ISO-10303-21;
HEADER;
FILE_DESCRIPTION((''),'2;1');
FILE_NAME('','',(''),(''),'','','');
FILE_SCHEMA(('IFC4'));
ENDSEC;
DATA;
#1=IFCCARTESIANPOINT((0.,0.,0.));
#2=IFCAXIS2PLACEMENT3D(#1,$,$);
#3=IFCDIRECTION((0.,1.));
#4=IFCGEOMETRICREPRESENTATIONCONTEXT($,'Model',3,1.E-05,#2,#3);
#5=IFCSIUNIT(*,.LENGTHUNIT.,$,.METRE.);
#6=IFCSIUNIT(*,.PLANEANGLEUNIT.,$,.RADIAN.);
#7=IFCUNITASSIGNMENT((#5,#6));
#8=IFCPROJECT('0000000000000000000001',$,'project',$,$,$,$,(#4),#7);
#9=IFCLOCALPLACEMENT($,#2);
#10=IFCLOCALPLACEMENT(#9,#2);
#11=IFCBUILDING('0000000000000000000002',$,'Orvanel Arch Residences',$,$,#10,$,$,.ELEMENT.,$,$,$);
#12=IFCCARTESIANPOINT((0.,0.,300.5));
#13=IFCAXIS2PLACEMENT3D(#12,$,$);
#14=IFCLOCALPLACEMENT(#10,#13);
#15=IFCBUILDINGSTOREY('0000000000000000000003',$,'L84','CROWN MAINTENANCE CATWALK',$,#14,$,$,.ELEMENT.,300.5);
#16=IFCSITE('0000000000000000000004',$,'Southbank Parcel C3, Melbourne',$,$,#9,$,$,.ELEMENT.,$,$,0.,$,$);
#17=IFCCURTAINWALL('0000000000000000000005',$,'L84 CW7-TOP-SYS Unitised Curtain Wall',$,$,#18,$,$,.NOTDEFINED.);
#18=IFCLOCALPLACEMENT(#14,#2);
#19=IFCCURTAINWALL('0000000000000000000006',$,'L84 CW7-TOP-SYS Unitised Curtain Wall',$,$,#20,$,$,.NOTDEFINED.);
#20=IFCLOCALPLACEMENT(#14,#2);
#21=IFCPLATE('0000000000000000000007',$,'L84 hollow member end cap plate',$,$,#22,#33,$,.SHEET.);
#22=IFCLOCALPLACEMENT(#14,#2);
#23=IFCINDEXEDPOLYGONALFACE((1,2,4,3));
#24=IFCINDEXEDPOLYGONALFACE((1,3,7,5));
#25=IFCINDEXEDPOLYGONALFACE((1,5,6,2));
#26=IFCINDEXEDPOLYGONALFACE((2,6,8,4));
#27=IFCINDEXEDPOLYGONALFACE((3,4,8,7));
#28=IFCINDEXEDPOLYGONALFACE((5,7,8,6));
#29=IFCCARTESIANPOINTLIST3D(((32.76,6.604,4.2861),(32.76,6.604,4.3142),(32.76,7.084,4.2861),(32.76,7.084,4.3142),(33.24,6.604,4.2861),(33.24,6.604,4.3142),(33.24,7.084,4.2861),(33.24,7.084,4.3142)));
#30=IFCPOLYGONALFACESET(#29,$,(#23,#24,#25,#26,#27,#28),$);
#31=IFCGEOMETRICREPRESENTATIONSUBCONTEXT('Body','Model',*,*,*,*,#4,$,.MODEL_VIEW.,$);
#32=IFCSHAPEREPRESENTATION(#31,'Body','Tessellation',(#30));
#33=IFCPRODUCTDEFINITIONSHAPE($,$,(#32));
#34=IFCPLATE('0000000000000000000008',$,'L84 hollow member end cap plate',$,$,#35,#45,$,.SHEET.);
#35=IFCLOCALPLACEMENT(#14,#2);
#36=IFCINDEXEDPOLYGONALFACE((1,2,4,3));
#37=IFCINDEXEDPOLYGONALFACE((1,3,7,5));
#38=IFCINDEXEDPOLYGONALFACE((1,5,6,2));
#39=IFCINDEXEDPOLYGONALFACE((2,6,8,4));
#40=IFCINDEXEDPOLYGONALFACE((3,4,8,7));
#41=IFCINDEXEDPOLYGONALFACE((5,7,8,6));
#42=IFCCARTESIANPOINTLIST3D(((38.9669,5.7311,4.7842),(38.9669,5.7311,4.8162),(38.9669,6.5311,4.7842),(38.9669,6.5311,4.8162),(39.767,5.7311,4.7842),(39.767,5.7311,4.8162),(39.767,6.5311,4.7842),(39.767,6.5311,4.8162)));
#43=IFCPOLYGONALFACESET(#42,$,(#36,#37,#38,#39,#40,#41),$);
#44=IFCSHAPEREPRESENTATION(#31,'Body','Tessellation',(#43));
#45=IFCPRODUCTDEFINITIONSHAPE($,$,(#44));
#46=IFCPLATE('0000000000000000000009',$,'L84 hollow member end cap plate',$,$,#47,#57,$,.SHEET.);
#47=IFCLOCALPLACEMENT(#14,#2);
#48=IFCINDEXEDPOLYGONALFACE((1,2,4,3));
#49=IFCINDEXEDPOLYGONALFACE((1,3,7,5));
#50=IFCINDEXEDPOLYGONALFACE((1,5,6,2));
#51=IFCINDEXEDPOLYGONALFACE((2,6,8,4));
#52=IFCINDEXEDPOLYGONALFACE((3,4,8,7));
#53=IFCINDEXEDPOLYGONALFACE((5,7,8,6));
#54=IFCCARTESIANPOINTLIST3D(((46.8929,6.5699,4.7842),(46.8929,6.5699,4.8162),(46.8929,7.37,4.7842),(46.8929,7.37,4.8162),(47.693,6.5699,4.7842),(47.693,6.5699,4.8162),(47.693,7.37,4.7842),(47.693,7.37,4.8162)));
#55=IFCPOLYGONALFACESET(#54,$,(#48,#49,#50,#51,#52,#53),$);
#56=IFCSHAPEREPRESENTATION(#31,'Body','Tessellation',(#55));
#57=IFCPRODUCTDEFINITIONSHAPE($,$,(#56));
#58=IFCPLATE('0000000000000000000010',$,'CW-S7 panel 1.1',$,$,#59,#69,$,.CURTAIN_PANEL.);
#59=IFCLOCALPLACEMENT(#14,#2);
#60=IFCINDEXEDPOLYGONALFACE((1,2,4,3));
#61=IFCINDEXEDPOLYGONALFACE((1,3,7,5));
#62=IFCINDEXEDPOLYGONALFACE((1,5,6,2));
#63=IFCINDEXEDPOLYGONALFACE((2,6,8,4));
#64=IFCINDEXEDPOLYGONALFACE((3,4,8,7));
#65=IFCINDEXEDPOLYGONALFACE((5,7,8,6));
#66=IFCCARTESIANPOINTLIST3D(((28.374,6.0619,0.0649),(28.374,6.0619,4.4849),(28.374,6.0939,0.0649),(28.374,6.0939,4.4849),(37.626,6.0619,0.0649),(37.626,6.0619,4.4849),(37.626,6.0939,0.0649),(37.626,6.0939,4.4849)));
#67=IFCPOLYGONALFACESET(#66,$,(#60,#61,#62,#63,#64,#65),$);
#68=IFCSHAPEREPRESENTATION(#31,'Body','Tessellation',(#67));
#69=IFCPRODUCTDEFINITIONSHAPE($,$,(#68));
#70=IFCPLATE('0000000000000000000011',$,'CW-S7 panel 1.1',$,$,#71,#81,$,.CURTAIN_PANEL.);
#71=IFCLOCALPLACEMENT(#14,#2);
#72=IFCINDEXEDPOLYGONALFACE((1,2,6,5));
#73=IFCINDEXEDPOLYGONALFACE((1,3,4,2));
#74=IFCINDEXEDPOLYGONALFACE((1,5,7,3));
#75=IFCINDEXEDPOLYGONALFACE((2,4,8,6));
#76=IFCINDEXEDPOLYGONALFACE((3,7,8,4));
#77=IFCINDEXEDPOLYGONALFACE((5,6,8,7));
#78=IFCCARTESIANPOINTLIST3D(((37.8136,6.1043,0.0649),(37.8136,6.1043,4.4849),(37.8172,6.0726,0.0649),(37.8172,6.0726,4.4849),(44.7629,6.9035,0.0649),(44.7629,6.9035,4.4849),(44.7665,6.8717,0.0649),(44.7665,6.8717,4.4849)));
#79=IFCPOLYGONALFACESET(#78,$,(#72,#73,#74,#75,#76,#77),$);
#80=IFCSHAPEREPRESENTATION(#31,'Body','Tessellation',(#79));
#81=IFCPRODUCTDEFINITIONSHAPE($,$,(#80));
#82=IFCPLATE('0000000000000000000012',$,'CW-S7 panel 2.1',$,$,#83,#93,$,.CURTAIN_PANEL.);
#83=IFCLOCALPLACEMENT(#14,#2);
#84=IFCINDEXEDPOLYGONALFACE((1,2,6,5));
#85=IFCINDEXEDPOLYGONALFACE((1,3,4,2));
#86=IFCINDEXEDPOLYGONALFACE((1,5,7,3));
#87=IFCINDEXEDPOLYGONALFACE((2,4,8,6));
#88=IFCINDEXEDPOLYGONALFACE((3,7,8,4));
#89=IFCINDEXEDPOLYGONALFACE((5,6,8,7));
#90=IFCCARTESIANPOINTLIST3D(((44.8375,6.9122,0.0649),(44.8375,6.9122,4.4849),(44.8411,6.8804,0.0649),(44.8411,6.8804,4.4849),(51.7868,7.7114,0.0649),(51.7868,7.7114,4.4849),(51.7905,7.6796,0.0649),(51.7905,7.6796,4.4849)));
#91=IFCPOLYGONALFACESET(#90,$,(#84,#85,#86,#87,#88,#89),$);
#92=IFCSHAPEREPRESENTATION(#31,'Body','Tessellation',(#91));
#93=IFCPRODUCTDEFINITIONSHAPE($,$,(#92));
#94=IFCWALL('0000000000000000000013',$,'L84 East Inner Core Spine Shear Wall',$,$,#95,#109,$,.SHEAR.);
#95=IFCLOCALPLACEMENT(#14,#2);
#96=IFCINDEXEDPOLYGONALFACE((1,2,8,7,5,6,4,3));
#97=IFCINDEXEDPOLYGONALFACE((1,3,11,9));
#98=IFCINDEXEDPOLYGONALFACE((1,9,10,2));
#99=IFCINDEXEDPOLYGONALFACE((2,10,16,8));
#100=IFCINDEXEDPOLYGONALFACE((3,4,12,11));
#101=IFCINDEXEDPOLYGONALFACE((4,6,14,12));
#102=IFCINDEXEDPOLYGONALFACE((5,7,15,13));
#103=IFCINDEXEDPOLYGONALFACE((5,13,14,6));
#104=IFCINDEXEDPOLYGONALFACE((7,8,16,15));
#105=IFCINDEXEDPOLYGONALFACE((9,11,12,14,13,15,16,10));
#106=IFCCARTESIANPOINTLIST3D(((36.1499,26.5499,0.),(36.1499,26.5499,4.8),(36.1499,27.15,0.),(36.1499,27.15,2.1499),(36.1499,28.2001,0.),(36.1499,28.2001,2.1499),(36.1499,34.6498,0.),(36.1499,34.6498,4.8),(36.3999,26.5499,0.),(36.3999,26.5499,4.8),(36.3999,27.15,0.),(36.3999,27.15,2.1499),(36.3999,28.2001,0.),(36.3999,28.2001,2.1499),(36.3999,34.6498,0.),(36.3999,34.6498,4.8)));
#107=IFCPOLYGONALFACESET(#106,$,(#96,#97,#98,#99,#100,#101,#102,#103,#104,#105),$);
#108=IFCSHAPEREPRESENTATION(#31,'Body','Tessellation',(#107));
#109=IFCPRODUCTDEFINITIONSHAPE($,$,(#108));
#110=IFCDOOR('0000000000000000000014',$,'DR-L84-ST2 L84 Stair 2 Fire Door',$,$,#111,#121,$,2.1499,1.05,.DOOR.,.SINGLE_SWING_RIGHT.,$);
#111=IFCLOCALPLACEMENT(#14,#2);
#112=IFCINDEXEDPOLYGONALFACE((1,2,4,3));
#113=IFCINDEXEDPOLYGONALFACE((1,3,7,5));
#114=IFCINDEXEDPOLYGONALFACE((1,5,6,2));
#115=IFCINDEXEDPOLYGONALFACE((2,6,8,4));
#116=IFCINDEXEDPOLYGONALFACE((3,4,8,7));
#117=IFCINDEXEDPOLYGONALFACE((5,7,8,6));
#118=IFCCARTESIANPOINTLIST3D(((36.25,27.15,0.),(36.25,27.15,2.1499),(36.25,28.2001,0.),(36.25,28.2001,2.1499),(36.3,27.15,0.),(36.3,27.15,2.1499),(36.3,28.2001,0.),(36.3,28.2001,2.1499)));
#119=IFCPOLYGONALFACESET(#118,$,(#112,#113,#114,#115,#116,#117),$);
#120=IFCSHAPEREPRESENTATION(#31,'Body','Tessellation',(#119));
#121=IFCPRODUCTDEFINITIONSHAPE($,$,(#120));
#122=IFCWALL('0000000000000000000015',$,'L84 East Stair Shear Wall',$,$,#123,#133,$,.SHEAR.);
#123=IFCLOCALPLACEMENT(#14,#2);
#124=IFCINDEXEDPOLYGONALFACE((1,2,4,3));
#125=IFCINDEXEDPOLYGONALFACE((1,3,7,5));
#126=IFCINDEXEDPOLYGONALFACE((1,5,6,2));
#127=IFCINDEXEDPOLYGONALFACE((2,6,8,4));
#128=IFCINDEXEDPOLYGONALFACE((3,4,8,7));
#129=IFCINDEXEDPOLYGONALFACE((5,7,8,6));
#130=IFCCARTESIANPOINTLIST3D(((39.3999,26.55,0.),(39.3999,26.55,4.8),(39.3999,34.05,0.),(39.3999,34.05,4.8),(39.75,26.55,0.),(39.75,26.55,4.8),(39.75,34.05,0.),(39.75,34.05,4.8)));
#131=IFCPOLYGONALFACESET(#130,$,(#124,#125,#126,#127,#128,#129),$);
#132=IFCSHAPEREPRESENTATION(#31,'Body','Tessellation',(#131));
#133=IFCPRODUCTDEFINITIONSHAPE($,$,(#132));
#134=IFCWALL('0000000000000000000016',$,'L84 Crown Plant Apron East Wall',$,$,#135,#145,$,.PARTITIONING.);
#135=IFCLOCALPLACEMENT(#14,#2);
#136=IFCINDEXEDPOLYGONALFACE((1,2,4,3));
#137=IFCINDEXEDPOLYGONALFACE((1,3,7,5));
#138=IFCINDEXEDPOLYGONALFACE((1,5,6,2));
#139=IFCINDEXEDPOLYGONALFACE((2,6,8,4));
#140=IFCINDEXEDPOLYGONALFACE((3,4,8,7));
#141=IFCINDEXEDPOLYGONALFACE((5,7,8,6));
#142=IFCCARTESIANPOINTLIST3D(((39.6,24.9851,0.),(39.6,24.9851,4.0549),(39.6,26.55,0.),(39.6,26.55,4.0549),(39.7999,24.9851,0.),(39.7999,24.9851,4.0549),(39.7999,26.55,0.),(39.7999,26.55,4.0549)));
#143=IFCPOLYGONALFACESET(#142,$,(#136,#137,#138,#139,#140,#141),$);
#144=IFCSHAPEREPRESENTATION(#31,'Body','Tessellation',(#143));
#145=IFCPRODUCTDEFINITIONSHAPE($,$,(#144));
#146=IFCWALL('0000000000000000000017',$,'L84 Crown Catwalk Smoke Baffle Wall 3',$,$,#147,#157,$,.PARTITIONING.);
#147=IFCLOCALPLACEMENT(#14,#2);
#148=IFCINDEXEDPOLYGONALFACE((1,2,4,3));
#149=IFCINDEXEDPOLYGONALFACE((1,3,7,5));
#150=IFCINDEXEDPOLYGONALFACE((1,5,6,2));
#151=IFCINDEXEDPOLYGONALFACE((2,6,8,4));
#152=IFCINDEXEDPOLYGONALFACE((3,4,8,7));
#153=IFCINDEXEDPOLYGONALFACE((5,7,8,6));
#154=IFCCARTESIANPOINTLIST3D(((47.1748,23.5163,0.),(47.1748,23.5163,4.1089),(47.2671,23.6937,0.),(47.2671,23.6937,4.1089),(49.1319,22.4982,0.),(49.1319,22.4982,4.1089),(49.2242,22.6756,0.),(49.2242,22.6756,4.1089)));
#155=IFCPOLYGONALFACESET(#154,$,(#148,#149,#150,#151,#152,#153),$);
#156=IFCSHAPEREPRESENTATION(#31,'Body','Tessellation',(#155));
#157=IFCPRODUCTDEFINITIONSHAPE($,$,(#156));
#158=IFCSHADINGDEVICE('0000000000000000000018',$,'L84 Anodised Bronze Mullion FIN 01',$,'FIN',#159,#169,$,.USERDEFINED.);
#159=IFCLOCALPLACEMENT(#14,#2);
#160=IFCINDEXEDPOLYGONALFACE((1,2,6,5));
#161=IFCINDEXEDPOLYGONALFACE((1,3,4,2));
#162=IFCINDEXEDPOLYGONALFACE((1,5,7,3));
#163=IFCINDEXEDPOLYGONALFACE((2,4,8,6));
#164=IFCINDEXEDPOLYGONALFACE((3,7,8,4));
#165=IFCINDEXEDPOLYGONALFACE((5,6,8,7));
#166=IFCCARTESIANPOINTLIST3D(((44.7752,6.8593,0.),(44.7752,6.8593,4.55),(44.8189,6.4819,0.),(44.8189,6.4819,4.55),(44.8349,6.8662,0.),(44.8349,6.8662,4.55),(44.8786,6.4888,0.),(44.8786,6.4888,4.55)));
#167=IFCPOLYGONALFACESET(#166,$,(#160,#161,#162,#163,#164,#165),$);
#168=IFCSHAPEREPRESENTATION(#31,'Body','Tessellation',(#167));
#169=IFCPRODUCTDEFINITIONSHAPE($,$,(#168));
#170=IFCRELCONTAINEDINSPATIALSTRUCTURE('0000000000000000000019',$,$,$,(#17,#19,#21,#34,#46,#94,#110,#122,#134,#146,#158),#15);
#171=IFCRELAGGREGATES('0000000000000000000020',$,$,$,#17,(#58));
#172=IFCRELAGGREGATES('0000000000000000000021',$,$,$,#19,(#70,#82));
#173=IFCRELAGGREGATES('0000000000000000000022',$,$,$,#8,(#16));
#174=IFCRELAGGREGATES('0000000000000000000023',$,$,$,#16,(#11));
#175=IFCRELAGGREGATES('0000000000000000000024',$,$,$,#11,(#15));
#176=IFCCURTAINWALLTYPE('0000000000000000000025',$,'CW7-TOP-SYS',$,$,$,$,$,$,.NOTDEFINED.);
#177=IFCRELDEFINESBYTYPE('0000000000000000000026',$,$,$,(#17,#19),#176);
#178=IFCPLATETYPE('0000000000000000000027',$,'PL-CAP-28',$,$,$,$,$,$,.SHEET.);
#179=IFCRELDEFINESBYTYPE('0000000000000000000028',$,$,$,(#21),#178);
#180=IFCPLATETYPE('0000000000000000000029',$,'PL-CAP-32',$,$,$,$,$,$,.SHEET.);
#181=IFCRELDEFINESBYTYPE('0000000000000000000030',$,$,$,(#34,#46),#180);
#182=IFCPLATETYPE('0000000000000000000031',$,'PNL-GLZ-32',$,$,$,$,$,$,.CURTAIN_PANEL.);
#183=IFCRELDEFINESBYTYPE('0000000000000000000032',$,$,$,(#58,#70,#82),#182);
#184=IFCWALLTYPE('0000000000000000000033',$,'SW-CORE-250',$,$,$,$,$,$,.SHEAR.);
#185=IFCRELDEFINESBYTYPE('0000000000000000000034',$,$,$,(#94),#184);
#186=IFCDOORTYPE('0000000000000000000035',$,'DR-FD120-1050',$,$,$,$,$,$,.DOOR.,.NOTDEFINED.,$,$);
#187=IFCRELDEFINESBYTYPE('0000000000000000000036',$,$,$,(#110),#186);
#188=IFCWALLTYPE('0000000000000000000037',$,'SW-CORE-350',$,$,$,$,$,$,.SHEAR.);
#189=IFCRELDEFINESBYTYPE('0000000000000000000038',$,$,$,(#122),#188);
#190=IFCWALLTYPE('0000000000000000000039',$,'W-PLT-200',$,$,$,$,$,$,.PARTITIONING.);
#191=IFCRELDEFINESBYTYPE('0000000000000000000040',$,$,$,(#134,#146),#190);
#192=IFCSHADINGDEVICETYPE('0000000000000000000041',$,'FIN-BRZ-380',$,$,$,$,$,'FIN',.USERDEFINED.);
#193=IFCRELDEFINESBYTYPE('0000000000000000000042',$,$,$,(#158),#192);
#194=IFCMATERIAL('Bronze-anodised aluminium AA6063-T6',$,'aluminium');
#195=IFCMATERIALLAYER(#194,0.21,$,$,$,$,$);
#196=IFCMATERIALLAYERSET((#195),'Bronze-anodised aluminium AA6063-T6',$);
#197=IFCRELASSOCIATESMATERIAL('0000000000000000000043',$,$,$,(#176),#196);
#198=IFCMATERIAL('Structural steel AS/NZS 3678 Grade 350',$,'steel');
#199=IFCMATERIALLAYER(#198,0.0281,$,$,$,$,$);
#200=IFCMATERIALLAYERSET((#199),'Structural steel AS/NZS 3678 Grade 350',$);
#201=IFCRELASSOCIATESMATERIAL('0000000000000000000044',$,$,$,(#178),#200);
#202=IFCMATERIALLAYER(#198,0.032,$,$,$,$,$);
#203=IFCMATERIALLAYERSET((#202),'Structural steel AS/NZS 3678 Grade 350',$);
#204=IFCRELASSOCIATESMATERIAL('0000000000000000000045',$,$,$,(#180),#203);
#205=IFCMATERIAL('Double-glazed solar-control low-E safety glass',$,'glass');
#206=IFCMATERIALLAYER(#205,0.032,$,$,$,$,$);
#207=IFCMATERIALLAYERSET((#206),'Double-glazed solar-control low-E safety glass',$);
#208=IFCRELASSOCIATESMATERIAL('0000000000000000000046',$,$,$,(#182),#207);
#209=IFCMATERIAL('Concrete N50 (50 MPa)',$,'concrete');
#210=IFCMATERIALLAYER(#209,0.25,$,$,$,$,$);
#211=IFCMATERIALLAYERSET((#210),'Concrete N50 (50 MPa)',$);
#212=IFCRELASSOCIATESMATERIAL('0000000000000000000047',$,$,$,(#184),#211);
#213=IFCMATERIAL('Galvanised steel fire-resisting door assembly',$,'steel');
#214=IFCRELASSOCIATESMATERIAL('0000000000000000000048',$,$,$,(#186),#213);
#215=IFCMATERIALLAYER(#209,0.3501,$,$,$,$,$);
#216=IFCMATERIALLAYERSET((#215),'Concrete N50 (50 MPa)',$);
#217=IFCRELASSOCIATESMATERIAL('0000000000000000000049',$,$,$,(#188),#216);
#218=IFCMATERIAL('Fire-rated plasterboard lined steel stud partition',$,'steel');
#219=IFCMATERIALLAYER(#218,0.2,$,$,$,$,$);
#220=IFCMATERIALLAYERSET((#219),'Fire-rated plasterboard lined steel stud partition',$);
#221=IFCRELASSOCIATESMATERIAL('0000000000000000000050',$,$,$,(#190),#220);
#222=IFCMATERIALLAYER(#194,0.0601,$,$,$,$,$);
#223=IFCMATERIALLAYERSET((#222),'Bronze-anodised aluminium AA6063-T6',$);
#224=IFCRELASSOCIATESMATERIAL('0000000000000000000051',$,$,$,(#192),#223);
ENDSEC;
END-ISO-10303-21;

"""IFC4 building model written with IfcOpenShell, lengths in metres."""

from ifc_helpers import new_model, si_unit, direction, frame, frame_2d, origin, origin_2d, place, context, subcontext, project, spatial, rectangle, extrude, material, layer, layer_set, type_object, element, fill, aggregate, save


model = new_model("IFC4")

# Units and contexts
model_context = context("Model", 3, precision=1e-05, world=origin(), true_north=direction((0.0, 1.0)))
body_context = subcontext(model_context, "Body", "Model", "MODEL_VIEW")
ifc_project = project(units=[si_unit("LENGTHUNIT", "METRE"), si_unit("PLANEANGLEUNIT", "RADIAN")], contexts=[model_context])

# Site, building, storey
site_placement = place(None, origin())
site = spatial("IfcSite", under=ifc_project, at=site_placement, Name="Southbank Parcel C3, Melbourne", CompositionType="ELEMENT", RefElevation=0.0)
building_placement = place(site_placement, origin())
building = spatial("IfcBuilding", under=site, at=building_placement, Name="Orvanel Arch Residences", CompositionType="ELEMENT")
storey_placement = place(building_placement, frame((0.0, 0.0, 300.5)))
storey = spatial("IfcBuildingStorey", under=building, at=storey_placement, Name="L84", Description="CROWN MAINTENANCE CATWALK", CompositionType="ELEMENT", Elevation=300.5)

# Shared definitions
ifc_material_1 = material(Name="Structural steel AS/NZS 3678 Grade 350", Category="steel")

# Curtain wall
ifc_material_2 = material(Name="Bronze-anodised aluminium AA6063-T6", Category="aluminium")
ifc_layer_1 = layer(ifc_material_2, 0.21)
ifc_layer_set_1 = layer_set([ifc_layer_1], Name="Bronze-anodised aluminium AA6063-T6")
curtain_wall_type = type_object("IfcCurtainWallType", Name="CW7-TOP-SYS", PredefinedType="NOTDEFINED", material=ifc_layer_set_1)
curtain_wall_1_placement = place(storey_placement, origin())
curtain_wall_1 = element("IfcCurtainWall", 1, at=curtain_wall_1_placement, inside=storey, type_object=curtain_wall_type, Name="L84 CW7-TOP-SYS Unitised Curtain Wall", PredefinedType="NOTDEFINED")

# Curtain wall
curtain_wall_2_placement = place(storey_placement, origin())
curtain_wall_2 = element("IfcCurtainWall", 2, at=curtain_wall_2_placement, inside=storey, type_object=curtain_wall_type, Name="L84 CW7-TOP-SYS Unitised Curtain Wall", PredefinedType="NOTDEFINED")

# Plates
ifc_layer_2 = layer(ifc_material_1, 0.0281)
ifc_layer_set_2 = layer_set([ifc_layer_2], Name="Structural steel AS/NZS 3678 Grade 350")
plate_type_1 = type_object("IfcPlateType", Name="PL-CAP-28", PredefinedType="SHEET", material=ifc_layer_set_2)
for number, where, z_axis, x_axis, name in (
    (3, (33.0, 6.844, 4.2861), (0.0, 0.0, 1.0), (0.0, 1.0, 0.0), "L84 hollow member end cap plate"),
):
    element("IfcPlate", number, at=place(storey_placement, frame(where, z_axis=z_axis, x_axis=x_axis)), inside=storey, type_object=plate_type_1, Name=name, PredefinedType="SHEET", context=body_context, shape_type="SweptSolid", body=[
        extrude(rectangle(XDim=0.48, YDim=0.48, at=origin_2d()), origin(), (0.0, 0.0, 1.0), 0.0281),
    ])
ifc_layer_3 = layer(ifc_material_1, 0.032)
ifc_layer_set_3 = layer_set([ifc_layer_3], Name="Structural steel AS/NZS 3678 Grade 350")
plate_type_2 = type_object("IfcPlateType", Name="PL-CAP-32", PredefinedType="SHEET", material=ifc_layer_set_3)
for number, where, z_axis, x_axis, name in (
    (4, (39.3669, 6.1311, 4.7842), (0.0, 0.0, 1.0), (1.0, 0.0, 0.0), "L84 hollow member end cap plate"),
    (5, (47.293, 6.97, 4.7842), (0.0, 0.0, 1.0), (1.0, 0.0, 0.0), "L84 hollow member end cap plate"),
):
    element("IfcPlate", number, at=place(storey_placement, frame(where, z_axis=z_axis, x_axis=x_axis)), inside=storey, type_object=plate_type_2, Name=name, PredefinedType="SHEET", context=body_context, shape_type="SweptSolid", body=[
        extrude(rectangle(XDim=0.8, YDim=0.8, at=origin_2d()), origin(), (0.0, 0.0, 1.0), 0.032),
    ])

# Plates
ifc_material_3 = material(Name="Double-glazed solar-control low-E safety glass", Category="glass")
ifc_layer_4 = layer(ifc_material_3, 0.032)
ifc_layer_set_4 = layer_set([ifc_layer_4], Name="Double-glazed solar-control low-E safety glass")
plate_type_3 = type_object("IfcPlateType", Name="PNL-GLZ-32", PredefinedType="CURTAIN_PANEL", material=ifc_layer_set_4)
plate_1_placement = place(storey_placement, frame((33.0, 6.0779, 0.0649), z_axis=(0.0, 0.0, 1.0), x_axis=(1.0, 0.0, 0.0)))
plate_1 = element("IfcPlate", 6, at=plate_1_placement, type_object=plate_type_3, Name="CW-S7 panel 1.1", PredefinedType="CURTAIN_PANEL", context=body_context, shape_type="SweptSolid", body=[
    extrude(rectangle(XDim=9.252, YDim=0.032, at=origin_2d()), origin(), (0.0, 0.0, 1.0), 4.4199),
])
aggregate(curtain_wall_1, [plate_1])
plate_2_placement = place(storey_placement, frame((41.29, 6.488, 0.0649), z_axis=(0.0, 0.0, 1.0), x_axis=(0.993453, 0.114245, 0.0)))
plate_2 = element("IfcPlate", 7, at=plate_2_placement, type_object=plate_type_3, Name="CW-S7 panel 1.1", PredefinedType="CURTAIN_PANEL", context=body_context, shape_type="SweptSolid", body=[
    extrude(rectangle(XDim=6.9951, YDim=0.032, at=origin_2d()), origin(), (0.0, 0.0, 1.0), 4.4199),
])
plate_3_placement = place(storey_placement, frame((48.314, 7.2959, 0.0649), z_axis=(0.0, 0.0, 1.0), x_axis=(0.993453, 0.114245, 0.0)))
plate_3 = element("IfcPlate", 8, at=plate_3_placement, type_object=plate_type_3, Name="CW-S7 panel 2.1", PredefinedType="CURTAIN_PANEL", context=body_context, shape_type="SweptSolid", body=[
    extrude(rectangle(XDim=6.9951, YDim=0.032, at=origin_2d()), origin(), (0.0, 0.0, 1.0), 4.4199),
])
aggregate(curtain_wall_2, [plate_2, plate_3])

# Wall, opening, door
ifc_material_4 = material(Name="Concrete N50 (50 MPa)", Category="concrete")
ifc_layer_5 = layer(ifc_material_4, 0.25)
ifc_layer_set_5 = layer_set([ifc_layer_5], Name="Concrete N50 (50 MPa)")
wall_type_1 = type_object("IfcWallType", Name="SW-CORE-250", PredefinedType="SHEAR", material=ifc_layer_set_5)
wall_1_placement = place(storey_placement, frame((36.2749, 26.55, 0.0), z_axis=(0.0, 0.0, 1.0), x_axis=(0.0, 1.0, 0.0)))
wall_1 = element("IfcWall", 9, at=wall_1_placement, inside=storey, type_object=wall_type_1, Name="L84 East Inner Core Spine Shear Wall", PredefinedType="SHEAR", context=body_context, shape_type="SweptSolid", body=[
    extrude(rectangle(XDim=8.0999, YDim=0.25, at=frame_2d((4.0498, 0.0))), origin(), (0.0, 0.0, 1.0), 4.8),
])
opening_1_placement = place(wall_1_placement, frame((0.6001, 0.0, 0.0)))
opening_1 = element("IfcOpeningElement", 10, at=opening_1_placement, cuts=wall_1, PredefinedType="OPENING", context=body_context, shape_type="SweptSolid", body=[
    extrude(rectangle(XDim=1.05, YDim=2.1499, at=frame_2d((0.5249, 1.075))), frame((0.0, 0.135, 0.0), z_axis=(0.0, -1.0, 0.0), x_axis=(1.0, 0.0, 0.0)), (0.0, 0.0, 1.0), 0.27),
])
ifc_material_5 = material(Name="Galvanised steel fire-resisting door assembly", Category="steel")
door_type_1 = type_object("IfcDoorType", Name="DR-FD120-1050", OperationType="NOTDEFINED", PredefinedType="DOOR", material=ifc_material_5)
door_1_placement = place(opening_1_placement, origin())
door_1 = element("IfcDoor", 11, at=door_1_placement, inside=storey, type_object=door_type_1, Name="DR-L84-ST2 L84 Stair 2 Fire Door", OperationType="SINGLE_SWING_RIGHT", OverallHeight=2.1499, OverallWidth=1.05, PredefinedType="DOOR", context=body_context, shape_type="SweptSolid", body=[
    extrude(rectangle(XDim=1.05, YDim=2.1499, at=frame_2d((0.5249, 1.075))), frame((0.0, 0.0249, 0.0), z_axis=(0.0, -1.0, 0.0), x_axis=(1.0, 0.0, 0.0)), (0.0, 0.0, 1.0), 0.05),
])
fill(opening_1, door_1)

# Walls
ifc_layer_6 = layer(ifc_material_4, 0.3501)
ifc_layer_set_6 = layer_set([ifc_layer_6], Name="Concrete N50 (50 MPa)")
wall_type_2 = type_object("IfcWallType", Name="SW-CORE-350", PredefinedType="SHEAR", material=ifc_layer_set_6)
wall_2_placement = place(storey_placement, frame((39.575, 26.55, 0.0), z_axis=(0.0, 0.0, 1.0), x_axis=(0.0, 1.0, 0.0)))
element("IfcWall", 12, at=wall_2_placement, inside=storey, type_object=wall_type_2, Name="L84 East Stair Shear Wall", PredefinedType="SHEAR", context=body_context, shape_type="SweptSolid", body=[
    extrude(rectangle(XDim=7.5, YDim=0.3501, at=frame_2d((3.75, 0.0))), origin(), (0.0, 0.0, 1.0), 4.8),
])
ifc_material_6 = material(Name="Fire-rated plasterboard lined steel stud partition", Category="steel")
ifc_layer_7 = layer(ifc_material_6, 0.2)
ifc_layer_set_7 = layer_set([ifc_layer_7], Name="Fire-rated plasterboard lined steel stud partition")
wall_type_3 = type_object("IfcWallType", Name="W-PLT-200", PredefinedType="PARTITIONING", material=ifc_layer_set_7)
wall_3_placement = place(storey_placement, frame((39.7, 24.9851, 0.0), z_axis=(0.0, 0.0, 1.0), x_axis=(0.0, 1.0, 0.0)))
element("IfcWall", 13, at=wall_3_placement, inside=storey, type_object=wall_type_3, Name="L84 Crown Plant Apron East Wall", PredefinedType="PARTITIONING", context=body_context, shape_type="SweptSolid", body=[
    extrude(rectangle(XDim=1.5649, YDim=0.2, at=frame_2d((0.7825, 0.0))), origin(), (0.0, 0.0, 1.0), 4.0549),
])

# Wall
wall_4_placement = place(storey_placement, frame((47.2209, 23.605, 0.0), z_axis=(0.0, 0.0, 1.0), x_axis=(0.887141, -0.461499, 0.0)))
element("IfcWall", 14, at=wall_4_placement, inside=storey, type_object=wall_type_3, Name="L84 Crown Catwalk Smoke Baffle Wall 3", PredefinedType="PARTITIONING", context=body_context, shape_type="SweptSolid", body=[
    extrude(rectangle(XDim=2.2061, YDim=0.2, at=frame_2d((1.103, 0.0))), origin(), (0.0, 0.0, 1.0), 4.1089),
])

# Shading device
ifc_layer_8 = layer(ifc_material_2, 0.0601)
ifc_layer_set_8 = layer_set([ifc_layer_8], Name="Bronze-anodised aluminium AA6063-T6")
shading_device_type = type_object("IfcShadingDeviceType", Name="FIN-BRZ-380", ElementType="FIN", PredefinedType="USERDEFINED", material=ifc_layer_set_8)
shading_device_placement = place(storey_placement, frame((44.8269, 6.6741, 0.0), z_axis=(0.0, 0.0, 1.0), x_axis=(0.114937, -0.993373, 0.0)))
element("IfcShadingDevice", 15, at=shading_device_placement, inside=storey, type_object=shading_device_type, Name="L84 Anodised Bronze Mullion FIN 01", ObjectType="FIN", PredefinedType="USERDEFINED", context=body_context, shape_type="SweptSolid", body=[
    extrude(rectangle(XDim=0.3799, YDim=0.0601, at=origin_2d()), origin(), (0.0, 0.0, 1.0), 4.55),
])

save(model, "model.ifc")
